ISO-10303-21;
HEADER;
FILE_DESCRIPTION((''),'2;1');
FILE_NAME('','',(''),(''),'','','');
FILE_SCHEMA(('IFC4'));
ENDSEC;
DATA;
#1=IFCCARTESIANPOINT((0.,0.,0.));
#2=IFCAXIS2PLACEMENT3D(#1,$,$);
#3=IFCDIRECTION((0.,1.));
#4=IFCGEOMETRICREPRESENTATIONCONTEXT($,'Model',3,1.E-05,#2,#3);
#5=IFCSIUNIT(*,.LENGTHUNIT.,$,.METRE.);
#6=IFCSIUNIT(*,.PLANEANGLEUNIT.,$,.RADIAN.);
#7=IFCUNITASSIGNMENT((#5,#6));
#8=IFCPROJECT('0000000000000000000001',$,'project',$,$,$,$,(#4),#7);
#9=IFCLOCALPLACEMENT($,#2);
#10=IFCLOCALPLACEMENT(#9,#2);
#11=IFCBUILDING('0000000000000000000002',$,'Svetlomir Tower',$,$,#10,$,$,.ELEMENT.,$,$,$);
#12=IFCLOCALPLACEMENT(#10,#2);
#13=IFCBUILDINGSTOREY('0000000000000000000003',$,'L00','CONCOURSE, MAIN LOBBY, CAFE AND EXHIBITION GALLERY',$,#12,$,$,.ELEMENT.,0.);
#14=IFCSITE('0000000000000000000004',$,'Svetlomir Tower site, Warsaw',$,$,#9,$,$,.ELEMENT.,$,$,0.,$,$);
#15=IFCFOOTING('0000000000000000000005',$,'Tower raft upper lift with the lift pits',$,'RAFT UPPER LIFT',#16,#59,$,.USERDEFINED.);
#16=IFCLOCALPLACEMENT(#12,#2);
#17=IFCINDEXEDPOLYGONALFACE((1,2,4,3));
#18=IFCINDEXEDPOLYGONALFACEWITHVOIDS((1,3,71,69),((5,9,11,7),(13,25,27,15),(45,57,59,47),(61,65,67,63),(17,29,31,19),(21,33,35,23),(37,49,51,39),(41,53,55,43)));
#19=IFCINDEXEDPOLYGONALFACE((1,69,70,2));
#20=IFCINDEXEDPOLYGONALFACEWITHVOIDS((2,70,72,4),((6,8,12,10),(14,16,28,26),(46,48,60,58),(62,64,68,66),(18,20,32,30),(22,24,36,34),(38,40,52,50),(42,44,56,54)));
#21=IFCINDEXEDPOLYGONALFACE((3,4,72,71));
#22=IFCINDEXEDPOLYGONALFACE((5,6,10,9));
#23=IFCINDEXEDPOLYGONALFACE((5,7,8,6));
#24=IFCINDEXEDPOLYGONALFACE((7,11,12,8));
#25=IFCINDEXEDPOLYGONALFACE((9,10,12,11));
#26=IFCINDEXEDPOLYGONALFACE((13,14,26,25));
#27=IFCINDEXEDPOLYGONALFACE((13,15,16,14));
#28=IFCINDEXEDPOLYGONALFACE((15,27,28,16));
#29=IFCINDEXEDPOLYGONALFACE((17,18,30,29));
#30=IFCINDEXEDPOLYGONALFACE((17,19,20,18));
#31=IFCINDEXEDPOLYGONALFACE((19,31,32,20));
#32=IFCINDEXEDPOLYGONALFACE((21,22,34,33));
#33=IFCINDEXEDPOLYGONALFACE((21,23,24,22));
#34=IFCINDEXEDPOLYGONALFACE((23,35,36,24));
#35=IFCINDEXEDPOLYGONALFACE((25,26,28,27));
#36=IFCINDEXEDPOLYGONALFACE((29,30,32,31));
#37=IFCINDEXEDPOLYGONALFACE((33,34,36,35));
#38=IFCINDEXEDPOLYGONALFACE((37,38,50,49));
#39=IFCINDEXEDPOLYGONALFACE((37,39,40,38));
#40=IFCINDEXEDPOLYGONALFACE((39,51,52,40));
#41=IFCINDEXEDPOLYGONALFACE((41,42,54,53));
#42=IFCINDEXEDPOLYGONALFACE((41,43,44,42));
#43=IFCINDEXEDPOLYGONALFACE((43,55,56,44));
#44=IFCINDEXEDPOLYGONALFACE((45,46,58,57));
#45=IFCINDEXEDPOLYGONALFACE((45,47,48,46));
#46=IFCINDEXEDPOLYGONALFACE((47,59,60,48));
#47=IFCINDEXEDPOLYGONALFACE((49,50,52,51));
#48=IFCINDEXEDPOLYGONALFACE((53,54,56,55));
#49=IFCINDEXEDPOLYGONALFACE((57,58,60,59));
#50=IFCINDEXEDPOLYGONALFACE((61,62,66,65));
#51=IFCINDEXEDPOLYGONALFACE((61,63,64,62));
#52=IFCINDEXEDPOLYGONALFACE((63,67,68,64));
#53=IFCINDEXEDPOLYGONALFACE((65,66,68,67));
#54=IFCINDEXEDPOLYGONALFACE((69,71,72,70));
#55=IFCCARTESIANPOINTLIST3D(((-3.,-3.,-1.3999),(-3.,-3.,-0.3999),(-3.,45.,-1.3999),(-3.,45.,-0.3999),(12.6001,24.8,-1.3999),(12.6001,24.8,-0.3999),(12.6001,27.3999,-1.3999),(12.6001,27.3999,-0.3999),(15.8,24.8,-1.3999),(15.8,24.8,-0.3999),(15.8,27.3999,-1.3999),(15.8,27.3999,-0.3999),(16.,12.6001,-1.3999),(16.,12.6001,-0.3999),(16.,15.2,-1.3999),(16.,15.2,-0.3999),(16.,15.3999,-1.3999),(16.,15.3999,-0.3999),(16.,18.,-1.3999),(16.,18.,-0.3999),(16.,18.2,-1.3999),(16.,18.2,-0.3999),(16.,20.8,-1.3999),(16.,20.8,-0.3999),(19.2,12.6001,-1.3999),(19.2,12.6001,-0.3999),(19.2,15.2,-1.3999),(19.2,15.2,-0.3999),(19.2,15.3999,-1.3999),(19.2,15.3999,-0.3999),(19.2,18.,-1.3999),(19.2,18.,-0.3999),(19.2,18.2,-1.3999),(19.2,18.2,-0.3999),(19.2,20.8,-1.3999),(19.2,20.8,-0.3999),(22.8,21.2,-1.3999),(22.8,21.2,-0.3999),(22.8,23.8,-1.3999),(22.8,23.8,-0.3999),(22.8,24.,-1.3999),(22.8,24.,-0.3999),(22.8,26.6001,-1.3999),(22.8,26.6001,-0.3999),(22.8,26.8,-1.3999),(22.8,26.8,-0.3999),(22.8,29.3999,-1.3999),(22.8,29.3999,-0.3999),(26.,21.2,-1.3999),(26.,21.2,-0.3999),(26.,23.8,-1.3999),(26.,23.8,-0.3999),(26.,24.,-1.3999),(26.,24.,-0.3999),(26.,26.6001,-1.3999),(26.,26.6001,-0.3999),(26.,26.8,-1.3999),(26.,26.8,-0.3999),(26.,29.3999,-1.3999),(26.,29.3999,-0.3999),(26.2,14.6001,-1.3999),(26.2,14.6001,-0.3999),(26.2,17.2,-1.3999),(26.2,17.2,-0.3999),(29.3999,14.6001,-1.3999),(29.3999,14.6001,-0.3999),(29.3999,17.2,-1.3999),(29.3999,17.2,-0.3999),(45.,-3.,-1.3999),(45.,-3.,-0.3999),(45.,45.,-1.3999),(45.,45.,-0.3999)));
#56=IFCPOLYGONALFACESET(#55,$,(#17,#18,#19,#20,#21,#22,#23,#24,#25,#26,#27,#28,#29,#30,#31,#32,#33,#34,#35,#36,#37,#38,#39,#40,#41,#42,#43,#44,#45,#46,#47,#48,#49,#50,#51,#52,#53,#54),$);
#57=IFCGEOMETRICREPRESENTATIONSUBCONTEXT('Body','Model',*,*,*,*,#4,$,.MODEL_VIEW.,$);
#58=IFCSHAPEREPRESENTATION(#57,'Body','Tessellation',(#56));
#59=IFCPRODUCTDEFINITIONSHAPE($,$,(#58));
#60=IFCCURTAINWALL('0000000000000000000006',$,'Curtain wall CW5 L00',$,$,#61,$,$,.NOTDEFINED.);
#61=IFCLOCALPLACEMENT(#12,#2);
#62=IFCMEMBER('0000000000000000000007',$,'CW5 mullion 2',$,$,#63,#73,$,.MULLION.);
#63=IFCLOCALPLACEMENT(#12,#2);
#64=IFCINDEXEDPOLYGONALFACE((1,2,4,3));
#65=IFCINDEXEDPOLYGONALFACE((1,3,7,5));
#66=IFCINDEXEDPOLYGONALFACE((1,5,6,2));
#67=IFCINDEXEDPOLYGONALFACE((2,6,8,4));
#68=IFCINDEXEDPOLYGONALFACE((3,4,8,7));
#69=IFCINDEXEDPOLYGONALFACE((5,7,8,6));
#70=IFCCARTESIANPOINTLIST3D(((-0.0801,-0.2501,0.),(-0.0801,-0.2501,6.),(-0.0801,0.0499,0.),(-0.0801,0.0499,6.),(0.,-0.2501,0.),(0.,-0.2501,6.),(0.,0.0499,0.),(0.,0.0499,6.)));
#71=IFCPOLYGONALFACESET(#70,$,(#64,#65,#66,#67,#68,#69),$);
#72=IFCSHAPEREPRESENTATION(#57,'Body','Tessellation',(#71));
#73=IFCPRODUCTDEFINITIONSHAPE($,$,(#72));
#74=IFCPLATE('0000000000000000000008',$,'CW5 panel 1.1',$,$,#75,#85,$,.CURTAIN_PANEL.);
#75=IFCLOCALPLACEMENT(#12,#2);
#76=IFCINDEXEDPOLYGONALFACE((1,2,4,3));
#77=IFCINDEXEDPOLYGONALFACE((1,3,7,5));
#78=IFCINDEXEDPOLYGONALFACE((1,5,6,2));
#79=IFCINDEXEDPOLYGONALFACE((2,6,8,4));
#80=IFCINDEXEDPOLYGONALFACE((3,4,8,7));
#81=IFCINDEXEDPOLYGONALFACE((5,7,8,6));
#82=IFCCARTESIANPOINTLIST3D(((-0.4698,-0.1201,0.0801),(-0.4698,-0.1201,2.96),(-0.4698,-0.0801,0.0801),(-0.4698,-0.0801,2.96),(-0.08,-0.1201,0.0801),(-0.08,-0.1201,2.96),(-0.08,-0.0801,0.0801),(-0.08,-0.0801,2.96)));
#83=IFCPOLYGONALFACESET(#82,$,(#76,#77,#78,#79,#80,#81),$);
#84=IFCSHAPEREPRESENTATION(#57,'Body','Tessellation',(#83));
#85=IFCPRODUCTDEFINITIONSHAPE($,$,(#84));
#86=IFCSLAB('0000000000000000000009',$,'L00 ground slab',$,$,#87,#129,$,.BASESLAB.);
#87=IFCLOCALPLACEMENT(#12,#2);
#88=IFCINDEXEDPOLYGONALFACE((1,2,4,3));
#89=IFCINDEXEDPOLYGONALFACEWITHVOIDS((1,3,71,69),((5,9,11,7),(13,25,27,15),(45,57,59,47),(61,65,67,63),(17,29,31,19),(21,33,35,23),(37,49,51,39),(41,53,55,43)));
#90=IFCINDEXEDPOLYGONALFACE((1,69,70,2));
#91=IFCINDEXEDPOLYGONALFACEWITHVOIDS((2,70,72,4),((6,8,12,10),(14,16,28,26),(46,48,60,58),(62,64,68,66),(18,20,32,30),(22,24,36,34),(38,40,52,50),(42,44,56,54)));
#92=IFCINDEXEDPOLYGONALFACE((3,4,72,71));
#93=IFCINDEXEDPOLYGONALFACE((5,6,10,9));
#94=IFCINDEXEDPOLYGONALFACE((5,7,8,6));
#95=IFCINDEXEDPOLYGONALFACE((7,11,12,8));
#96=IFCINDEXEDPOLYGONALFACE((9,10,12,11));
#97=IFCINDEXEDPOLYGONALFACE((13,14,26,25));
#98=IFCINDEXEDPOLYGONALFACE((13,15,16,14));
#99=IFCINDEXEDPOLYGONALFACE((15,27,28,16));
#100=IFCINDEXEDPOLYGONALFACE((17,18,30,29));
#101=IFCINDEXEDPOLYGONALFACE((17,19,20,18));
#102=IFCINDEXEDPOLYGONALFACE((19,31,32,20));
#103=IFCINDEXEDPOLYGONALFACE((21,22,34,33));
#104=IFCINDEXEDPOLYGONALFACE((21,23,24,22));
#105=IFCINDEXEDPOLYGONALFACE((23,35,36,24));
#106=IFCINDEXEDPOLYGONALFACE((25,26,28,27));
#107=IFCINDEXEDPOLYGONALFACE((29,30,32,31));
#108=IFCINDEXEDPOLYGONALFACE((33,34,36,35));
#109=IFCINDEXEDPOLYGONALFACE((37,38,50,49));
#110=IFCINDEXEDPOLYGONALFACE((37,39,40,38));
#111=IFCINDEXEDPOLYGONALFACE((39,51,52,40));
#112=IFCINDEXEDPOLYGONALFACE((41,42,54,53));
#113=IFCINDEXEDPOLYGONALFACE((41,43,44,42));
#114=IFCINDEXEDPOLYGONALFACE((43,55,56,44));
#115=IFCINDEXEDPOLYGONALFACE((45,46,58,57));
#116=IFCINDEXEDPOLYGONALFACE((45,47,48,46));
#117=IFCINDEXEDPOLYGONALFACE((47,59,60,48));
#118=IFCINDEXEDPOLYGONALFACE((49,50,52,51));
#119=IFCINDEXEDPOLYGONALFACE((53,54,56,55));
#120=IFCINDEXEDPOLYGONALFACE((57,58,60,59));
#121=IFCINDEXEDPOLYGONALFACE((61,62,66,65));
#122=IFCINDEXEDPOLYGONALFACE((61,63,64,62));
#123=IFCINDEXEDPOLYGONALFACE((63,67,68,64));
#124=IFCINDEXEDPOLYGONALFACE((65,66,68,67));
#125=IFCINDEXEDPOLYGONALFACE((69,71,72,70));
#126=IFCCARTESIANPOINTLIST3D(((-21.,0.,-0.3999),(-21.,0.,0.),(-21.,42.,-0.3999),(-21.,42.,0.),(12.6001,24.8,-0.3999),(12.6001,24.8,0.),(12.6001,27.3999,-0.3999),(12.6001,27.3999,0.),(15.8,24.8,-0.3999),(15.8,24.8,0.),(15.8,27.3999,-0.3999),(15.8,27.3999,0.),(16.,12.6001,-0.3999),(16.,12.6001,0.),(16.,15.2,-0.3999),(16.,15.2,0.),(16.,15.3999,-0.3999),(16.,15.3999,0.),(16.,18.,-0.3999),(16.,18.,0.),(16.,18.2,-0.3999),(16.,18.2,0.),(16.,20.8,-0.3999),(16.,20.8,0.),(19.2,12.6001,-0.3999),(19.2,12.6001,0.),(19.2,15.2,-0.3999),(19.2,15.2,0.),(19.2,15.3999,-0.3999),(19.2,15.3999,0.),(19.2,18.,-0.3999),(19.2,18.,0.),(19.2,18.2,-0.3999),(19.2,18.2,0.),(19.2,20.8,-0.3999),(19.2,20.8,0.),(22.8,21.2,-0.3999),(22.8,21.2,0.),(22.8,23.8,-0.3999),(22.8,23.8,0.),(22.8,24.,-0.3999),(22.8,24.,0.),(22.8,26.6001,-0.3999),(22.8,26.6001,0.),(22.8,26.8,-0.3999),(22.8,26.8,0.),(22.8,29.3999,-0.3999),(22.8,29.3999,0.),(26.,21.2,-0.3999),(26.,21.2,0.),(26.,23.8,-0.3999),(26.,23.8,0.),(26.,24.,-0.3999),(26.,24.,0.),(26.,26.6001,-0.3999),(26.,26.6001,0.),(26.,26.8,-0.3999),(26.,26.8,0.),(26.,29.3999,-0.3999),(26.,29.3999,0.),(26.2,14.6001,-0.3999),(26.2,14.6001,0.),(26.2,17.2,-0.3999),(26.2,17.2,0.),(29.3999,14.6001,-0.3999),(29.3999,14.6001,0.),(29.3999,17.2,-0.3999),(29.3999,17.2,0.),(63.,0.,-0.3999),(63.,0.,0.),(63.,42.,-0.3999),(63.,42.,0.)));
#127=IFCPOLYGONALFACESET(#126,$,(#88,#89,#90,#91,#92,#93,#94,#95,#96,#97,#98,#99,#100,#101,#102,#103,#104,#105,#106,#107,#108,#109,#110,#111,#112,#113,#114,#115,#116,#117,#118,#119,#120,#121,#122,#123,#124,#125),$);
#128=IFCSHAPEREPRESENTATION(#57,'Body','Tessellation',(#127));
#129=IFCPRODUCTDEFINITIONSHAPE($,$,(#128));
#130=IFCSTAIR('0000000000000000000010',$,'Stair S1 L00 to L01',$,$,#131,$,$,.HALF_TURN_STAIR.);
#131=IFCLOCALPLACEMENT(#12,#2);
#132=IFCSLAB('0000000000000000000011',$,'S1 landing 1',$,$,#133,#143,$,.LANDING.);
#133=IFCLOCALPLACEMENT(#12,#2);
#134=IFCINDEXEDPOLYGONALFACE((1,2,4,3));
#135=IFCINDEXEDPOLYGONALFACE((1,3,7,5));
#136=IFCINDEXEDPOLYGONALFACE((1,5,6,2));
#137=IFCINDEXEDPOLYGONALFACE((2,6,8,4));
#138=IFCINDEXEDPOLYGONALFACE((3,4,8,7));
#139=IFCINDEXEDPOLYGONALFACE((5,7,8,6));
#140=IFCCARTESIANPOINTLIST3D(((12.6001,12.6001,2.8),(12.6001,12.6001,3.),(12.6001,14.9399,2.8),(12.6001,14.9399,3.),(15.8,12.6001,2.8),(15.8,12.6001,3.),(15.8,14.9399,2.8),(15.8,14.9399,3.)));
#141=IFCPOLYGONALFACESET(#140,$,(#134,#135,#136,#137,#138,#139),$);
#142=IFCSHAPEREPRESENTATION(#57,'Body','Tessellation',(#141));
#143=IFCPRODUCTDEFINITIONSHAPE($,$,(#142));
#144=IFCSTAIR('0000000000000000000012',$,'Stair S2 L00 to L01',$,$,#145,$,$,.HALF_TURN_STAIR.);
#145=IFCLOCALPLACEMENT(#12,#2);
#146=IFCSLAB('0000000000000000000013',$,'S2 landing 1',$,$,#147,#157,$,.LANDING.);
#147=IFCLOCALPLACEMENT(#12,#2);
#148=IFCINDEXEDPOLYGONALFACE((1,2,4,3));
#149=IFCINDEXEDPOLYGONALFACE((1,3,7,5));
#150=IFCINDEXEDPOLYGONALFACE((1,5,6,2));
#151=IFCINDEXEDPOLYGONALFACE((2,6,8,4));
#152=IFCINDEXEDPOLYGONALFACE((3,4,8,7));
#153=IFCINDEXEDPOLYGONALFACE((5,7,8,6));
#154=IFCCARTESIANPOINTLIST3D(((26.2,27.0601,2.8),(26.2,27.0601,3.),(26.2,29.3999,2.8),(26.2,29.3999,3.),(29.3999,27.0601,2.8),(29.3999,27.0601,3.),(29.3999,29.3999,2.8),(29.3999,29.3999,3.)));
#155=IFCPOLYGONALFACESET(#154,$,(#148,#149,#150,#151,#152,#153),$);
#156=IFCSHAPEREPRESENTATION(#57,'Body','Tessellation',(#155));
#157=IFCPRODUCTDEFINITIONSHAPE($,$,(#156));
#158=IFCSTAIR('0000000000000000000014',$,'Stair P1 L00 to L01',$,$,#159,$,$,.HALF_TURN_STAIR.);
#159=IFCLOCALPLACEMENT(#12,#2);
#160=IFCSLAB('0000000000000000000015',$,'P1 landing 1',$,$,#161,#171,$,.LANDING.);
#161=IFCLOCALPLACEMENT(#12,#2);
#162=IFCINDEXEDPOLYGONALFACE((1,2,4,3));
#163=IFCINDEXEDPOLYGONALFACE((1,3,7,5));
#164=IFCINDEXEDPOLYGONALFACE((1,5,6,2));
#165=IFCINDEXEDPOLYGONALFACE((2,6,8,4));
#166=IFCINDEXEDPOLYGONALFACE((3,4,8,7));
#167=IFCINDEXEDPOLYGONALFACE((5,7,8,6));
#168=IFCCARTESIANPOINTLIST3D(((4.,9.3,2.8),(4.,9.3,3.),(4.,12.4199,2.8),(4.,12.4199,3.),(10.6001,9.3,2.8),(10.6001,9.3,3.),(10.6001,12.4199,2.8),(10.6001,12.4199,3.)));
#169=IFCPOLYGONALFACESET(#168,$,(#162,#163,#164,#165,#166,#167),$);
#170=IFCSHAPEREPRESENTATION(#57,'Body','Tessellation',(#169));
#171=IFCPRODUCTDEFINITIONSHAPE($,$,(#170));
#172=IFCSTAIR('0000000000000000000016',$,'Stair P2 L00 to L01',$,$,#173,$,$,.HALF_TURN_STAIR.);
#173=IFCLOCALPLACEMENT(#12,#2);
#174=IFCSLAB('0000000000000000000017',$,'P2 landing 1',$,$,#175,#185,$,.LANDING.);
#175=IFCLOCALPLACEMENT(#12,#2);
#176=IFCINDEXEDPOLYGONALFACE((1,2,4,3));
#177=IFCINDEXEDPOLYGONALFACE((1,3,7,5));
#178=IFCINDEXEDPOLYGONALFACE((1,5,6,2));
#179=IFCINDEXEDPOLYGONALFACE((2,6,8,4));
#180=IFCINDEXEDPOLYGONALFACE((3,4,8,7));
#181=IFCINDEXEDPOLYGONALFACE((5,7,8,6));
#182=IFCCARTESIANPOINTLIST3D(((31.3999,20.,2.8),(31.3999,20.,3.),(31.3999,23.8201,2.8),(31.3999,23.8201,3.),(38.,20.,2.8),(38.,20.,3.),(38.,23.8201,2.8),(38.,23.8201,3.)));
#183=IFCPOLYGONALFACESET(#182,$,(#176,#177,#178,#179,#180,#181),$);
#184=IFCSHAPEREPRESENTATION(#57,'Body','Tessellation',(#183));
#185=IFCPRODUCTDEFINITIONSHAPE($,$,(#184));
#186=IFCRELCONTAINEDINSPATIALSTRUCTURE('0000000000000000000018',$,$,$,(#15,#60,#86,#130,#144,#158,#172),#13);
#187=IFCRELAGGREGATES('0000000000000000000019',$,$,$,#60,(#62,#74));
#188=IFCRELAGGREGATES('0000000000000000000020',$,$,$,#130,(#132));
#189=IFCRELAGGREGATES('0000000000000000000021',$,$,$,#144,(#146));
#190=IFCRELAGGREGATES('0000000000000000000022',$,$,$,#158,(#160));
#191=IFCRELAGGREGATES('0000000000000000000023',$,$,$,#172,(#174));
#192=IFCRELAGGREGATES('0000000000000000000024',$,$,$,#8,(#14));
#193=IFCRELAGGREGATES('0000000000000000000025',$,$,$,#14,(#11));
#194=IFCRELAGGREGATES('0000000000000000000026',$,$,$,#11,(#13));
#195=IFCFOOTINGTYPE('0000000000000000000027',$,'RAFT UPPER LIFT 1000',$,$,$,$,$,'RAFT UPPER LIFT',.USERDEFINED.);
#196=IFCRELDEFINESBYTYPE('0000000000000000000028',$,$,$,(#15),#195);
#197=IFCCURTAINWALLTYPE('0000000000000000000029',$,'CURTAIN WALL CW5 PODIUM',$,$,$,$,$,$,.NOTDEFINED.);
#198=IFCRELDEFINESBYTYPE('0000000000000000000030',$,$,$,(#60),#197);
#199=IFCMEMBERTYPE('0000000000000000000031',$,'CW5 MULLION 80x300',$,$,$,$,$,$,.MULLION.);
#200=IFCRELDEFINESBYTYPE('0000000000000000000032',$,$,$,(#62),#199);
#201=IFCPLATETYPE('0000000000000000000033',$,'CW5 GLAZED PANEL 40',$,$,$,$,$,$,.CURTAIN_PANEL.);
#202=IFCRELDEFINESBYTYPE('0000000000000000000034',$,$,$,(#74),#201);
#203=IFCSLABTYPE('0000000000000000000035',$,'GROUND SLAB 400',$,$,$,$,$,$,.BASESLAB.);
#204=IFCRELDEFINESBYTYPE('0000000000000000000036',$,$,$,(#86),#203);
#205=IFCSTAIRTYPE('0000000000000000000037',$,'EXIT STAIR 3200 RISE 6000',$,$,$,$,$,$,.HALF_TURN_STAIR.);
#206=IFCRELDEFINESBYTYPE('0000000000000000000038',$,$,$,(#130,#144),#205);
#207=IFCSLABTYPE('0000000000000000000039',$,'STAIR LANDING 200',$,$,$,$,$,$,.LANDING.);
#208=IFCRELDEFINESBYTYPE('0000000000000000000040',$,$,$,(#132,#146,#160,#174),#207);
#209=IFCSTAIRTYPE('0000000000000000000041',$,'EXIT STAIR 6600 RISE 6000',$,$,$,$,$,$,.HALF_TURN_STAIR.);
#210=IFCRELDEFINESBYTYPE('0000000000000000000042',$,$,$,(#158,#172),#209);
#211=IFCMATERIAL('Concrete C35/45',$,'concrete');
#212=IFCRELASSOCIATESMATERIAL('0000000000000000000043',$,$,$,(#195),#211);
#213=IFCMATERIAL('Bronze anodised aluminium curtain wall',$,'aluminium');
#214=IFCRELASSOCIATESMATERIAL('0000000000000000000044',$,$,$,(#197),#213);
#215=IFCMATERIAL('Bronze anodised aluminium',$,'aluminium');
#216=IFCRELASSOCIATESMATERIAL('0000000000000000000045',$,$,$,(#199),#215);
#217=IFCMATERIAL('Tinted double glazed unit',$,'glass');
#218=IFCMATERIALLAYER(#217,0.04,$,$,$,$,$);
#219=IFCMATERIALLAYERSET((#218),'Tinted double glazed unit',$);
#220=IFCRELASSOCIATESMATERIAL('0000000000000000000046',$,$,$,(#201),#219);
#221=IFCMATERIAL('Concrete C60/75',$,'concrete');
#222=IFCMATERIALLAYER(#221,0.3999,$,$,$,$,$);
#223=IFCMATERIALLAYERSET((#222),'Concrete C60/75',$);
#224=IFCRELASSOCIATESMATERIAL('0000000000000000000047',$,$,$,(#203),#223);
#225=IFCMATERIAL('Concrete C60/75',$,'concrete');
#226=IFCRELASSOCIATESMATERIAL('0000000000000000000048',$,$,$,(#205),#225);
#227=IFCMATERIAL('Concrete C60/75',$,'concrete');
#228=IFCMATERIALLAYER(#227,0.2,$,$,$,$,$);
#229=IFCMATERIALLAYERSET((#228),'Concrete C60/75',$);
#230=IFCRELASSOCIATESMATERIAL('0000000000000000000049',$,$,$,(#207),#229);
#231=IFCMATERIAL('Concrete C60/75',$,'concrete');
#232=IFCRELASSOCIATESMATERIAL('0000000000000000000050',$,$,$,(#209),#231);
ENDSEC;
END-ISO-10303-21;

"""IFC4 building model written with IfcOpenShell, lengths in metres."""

from ifc_helpers import new_model, si_unit, direction, frame, origin, origin_2d, place, context, subcontext, project, spatial, polyline, rectangle, outline, extrude, material, layer, layer_set, material_profile, profile_set, type_object, element, aggregate, save


model = new_model("IFC4")

# Units and contexts
model_context = context("Model", 3, precision=1e-05, world=origin(), true_north=direction((0.0, 1.0)))
body_context = subcontext(model_context, "Body", "Model", "MODEL_VIEW")
ifc_project = project(units=[si_unit("LENGTHUNIT", "METRE"), si_unit("PLANEANGLEUNIT", "RADIAN")], contexts=[model_context])

# Site, building, storey
site_placement = place(None, origin())
site = spatial("IfcSite", under=ifc_project, at=site_placement, Name="Svetlomir Tower site, Warsaw", CompositionType="ELEMENT", RefElevation=0.0)
building_placement = place(site_placement, origin())
building = spatial("IfcBuilding", under=site, at=building_placement, Name="Svetlomir Tower", CompositionType="ELEMENT")
storey_placement = place(building_placement, origin())
storey = spatial("IfcBuildingStorey", under=building, at=storey_placement, Name="L00", Description="CONCOURSE, MAIN LOBBY, CAFE AND EXHIBITION GALLERY", CompositionType="ELEMENT", Elevation=0.0)

# Footing
ifc_material_1 = material(Name="Concrete C35/45", Category="concrete")
footing_type = type_object("IfcFootingType", Name="RAFT UPPER LIFT 1000", ElementType="RAFT UPPER LIFT", PredefinedType="USERDEFINED", material=ifc_material_1)
footing_placement = place(storey_placement, frame((0.0, 0.0, -1.3999)))
element("IfcFooting", 1, at=footing_placement, inside=storey, type_object=footing_type, Name="Tower raft upper lift with the lift pits", ObjectType="RAFT UPPER LIFT", PredefinedType="USERDEFINED", context=body_context, shape_type="SweptSolid", body=[
    extrude(outline(polyline([(-3.0, -3.0), (45.0, -3.0), (45.0, 45.0), (-3.0, 45.0), (-3.0, -3.0)]), holes=[polyline([(12.6001, 24.8), (15.8, 24.8), (15.8, 27.3999), (12.6001, 27.3999), (12.6001, 24.8)]), polyline([(26.2, 14.6001), (29.3999, 14.6001), (29.3999, 17.2), (26.2, 17.2), (26.2, 14.6001)]), polyline([(16.0, 12.6001), (19.2, 12.6001), (19.2, 15.2), (16.0, 15.2), (16.0, 12.6001)]), polyline([(16.0, 15.3999), (19.2, 15.3999), (19.2, 18.0), (16.0, 18.0), (16.0, 15.3999)]), polyline([(16.0, 18.2), (19.2, 18.2), (19.2, 20.8), (16.0, 20.8), (16.0, 18.2)]), polyline([(22.8, 21.2), (26.0, 21.2), (26.0, 23.8), (22.8, 23.8), (22.8, 21.2)]), polyline([(22.8, 24.0), (26.0, 24.0), (26.0, 26.6001), (22.8, 26.6001), (22.8, 24.0)]), polyline([(22.8, 26.8), (26.0, 26.8), (26.0, 29.3999), (22.8, 29.3999), (22.8, 26.8)])]), origin(), (0.0, 0.0, 1.0), 1.0),
])

# Curtain wall, member, plate
ifc_material_2 = material(Name="Bronze anodised aluminium curtain wall", Category="aluminium")
curtain_wall_type = type_object("IfcCurtainWallType", Name="CURTAIN WALL CW5 PODIUM", PredefinedType="NOTDEFINED", material=ifc_material_2)
curtain_wall_placement = place(storey_placement, origin())
curtain_wall = element("IfcCurtainWall", 2, at=curtain_wall_placement, inside=storey, type_object=curtain_wall_type, Name="Curtain wall CW5 L00", PredefinedType="NOTDEFINED")
ifc_material_3 = material(Name="Bronze anodised aluminium", Category="aluminium")
ifc_material_profile = material_profile(ifc_material_3, rectangle(XDim=0.0801, YDim=0.3, at=origin_2d()), Name="AL 80x300")
ifc_profile_set = profile_set([ifc_material_profile], Name="Bronze anodised aluminium 6063-T6")
member_type = type_object("IfcMemberType", Name="CW5 MULLION 80x300", PredefinedType="MULLION", material=ifc_profile_set)
member_placement = place(storey_placement, frame((-0.04, -0.1001, 0.0), z_axis=(0.0, 0.0, 1.0), x_axis=(1.0, 0.0, 0.0)))
member = element("IfcMember", 3, at=member_placement, type_object=member_type, Name="CW5 mullion 2", PredefinedType="MULLION", context=body_context, shape_type="SweptSolid", body=[
    extrude(rectangle(XDim=0.0801, YDim=0.3, at=origin_2d()), origin(), (0.0, 0.0, 1.0), 6.0),
])
ifc_material_4 = material(Name="Tinted double glazed unit", Category="glass")
ifc_layer_1 = layer(ifc_material_4, 0.04)
ifc_layer_set_1 = layer_set([ifc_layer_1], Name="Tinted double glazed unit")
plate_type = type_object("IfcPlateType", Name="CW5 GLAZED PANEL 40", PredefinedType="CURTAIN_PANEL", material=ifc_layer_set_1)
plate_placement = place(storey_placement, frame((-0.2749, -0.1001, 0.0801), z_axis=(0.0, 0.0, 1.0), x_axis=(1.0, 0.0, 0.0)))
plate = element("IfcPlate", 4, at=plate_placement, type_object=plate_type, Name="CW5 panel 1.1", PredefinedType="CURTAIN_PANEL", context=body_context, shape_type="SweptSolid", body=[
    extrude(rectangle(XDim=0.3899, YDim=0.04, at=origin_2d()), origin(), (0.0, 0.0, 1.0), 2.8799),
])
aggregate(curtain_wall, [member, plate])

# Slab
ifc_material_5 = material(Name="Concrete C60/75", Category="concrete")
ifc_layer_2 = layer(ifc_material_5, 0.3999)
ifc_layer_set_2 = layer_set([ifc_layer_2], Name="Concrete C60/75")
slab_type_1 = type_object("IfcSlabType", Name="GROUND SLAB 400", PredefinedType="BASESLAB", material=ifc_layer_set_2)
slab_1_placement = place(storey_placement, frame((0.0, 0.0, -0.3999)))
element("IfcSlab", 5, at=slab_1_placement, inside=storey, type_object=slab_type_1, Name="L00 ground slab", PredefinedType="BASESLAB", context=body_context, shape_type="SweptSolid", body=[
    extrude(outline(polyline([(-21.0, 0.0), (63.0, 0.0), (63.0, 42.0), (-21.0, 42.0), (-21.0, 0.0)]), holes=[polyline([(12.6001, 24.8), (15.8, 24.8), (15.8, 27.3999), (12.6001, 27.3999), (12.6001, 24.8)]), polyline([(26.2, 14.6001), (29.3999, 14.6001), (29.3999, 17.2), (26.2, 17.2), (26.2, 14.6001)]), polyline([(16.0, 12.6001), (19.2, 12.6001), (19.2, 15.2), (16.0, 15.2), (16.0, 12.6001)]), polyline([(16.0, 15.3999), (19.2, 15.3999), (19.2, 18.0), (16.0, 18.0), (16.0, 15.3999)]), polyline([(16.0, 18.2), (19.2, 18.2), (19.2, 20.8), (16.0, 20.8), (16.0, 18.2)]), polyline([(22.8, 21.2), (26.0, 21.2), (26.0, 23.8), (22.8, 23.8), (22.8, 21.2)]), polyline([(22.8, 24.0), (26.0, 24.0), (26.0, 26.6001), (22.8, 26.6001), (22.8, 24.0)]), polyline([(22.8, 26.8), (26.0, 26.8), (26.0, 29.3999), (22.8, 29.3999), (22.8, 26.8)])]), origin(), (0.0, 0.0, 1.0), 0.3999),
])

# Stairs, slabs
ifc_material_6 = material(Name="Concrete C60/75", Category="concrete")
stair_type_1 = type_object("IfcStairType", Name="EXIT STAIR 3200 RISE 6000", PredefinedType="HALF_TURN_STAIR", material=ifc_material_6)
stair_1_placement = place(storey_placement, origin())
stair_1 = element("IfcStair", 6, at=stair_1_placement, inside=storey, type_object=stair_type_1, Name="Stair S1 L00 to L01", PredefinedType="HALF_TURN_STAIR")
ifc_material_7 = material(Name="Concrete C60/75", Category="concrete")
ifc_layer_3 = layer(ifc_material_7, 0.2)
ifc_layer_set_3 = layer_set([ifc_layer_3], Name="Concrete C60/75")
slab_type_2 = type_object("IfcSlabType", Name="STAIR LANDING 200", PredefinedType="LANDING", material=ifc_layer_set_3)
slab_2_placement = place(storey_placement, frame((0.0, 0.0, 2.8)))
slab_2 = element("IfcSlab", 7, at=slab_2_placement, type_object=slab_type_2, Name="S1 landing 1", PredefinedType="LANDING", context=body_context, shape_type="SweptSolid", body=[
    extrude(outline(polyline([(12.6001, 12.6001), (15.8, 12.6001), (15.8, 14.9399), (12.6001, 14.9399), (12.6001, 12.6001)])), origin(), (0.0, 0.0, 1.0), 0.2),
])
aggregate(stair_1, [slab_2])
stair_2_placement = place(storey_placement, origin())
stair_2 = element("IfcStair", 8, at=stair_2_placement, inside=storey, type_object=stair_type_1, Name="Stair S2 L00 to L01", PredefinedType="HALF_TURN_STAIR")
slab_3_placement = place(storey_placement, frame((0.0, 0.0, 2.8)))
slab_3 = element("IfcSlab", 9, at=slab_3_placement, type_object=slab_type_2, Name="S2 landing 1", PredefinedType="LANDING", context=body_context, shape_type="SweptSolid", body=[
    extrude(outline(polyline([(26.2, 27.0601), (29.3999, 27.0601), (29.3999, 29.3999), (26.2, 29.3999), (26.2, 27.0601)])), origin(), (0.0, 0.0, 1.0), 0.2),
])
aggregate(stair_2, [slab_3])
ifc_material_8 = material(Name="Concrete C60/75", Category="concrete")
stair_type_2 = type_object("IfcStairType", Name="EXIT STAIR 6600 RISE 6000", PredefinedType="HALF_TURN_STAIR", material=ifc_material_8)
stair_3_placement = place(storey_placement, origin())
stair_3 = element("IfcStair", 10, at=stair_3_placement, inside=storey, type_object=stair_type_2, Name="Stair P1 L00 to L01", PredefinedType="HALF_TURN_STAIR")
slab_4_placement = place(storey_placement, frame((0.0, 0.0, 2.8)))
slab_4 = element("IfcSlab", 11, at=slab_4_placement, type_object=slab_type_2, Name="P1 landing 1", PredefinedType="LANDING", context=body_context, shape_type="SweptSolid", body=[
    extrude(outline(polyline([(4.0, 9.3), (10.6001, 9.3), (10.6001, 12.4199), (4.0, 12.4199), (4.0, 9.3)])), origin(), (0.0, 0.0, 1.0), 0.2),
])
aggregate(stair_3, [slab_4])
stair_4_placement = place(storey_placement, origin())
stair_4 = element("IfcStair", 12, at=stair_4_placement, inside=storey, type_object=stair_type_2, Name="Stair P2 L00 to L01", PredefinedType="HALF_TURN_STAIR")
slab_5_placement = place(storey_placement, frame((0.0, 0.0, 2.8)))
slab_5 = element("IfcSlab", 13, at=slab_5_placement, type_object=slab_type_2, Name="P2 landing 1", PredefinedType="LANDING", context=body_context, shape_type="SweptSolid", body=[
    extrude(outline(polyline([(31.3999, 20.0), (38.0, 20.0), (38.0, 23.8201), (31.3999, 23.8201), (31.3999, 20.0)])), origin(), (0.0, 0.0, 1.0), 0.2),
])
aggregate(stair_4, [slab_5])

save(model, "model.ifc")
